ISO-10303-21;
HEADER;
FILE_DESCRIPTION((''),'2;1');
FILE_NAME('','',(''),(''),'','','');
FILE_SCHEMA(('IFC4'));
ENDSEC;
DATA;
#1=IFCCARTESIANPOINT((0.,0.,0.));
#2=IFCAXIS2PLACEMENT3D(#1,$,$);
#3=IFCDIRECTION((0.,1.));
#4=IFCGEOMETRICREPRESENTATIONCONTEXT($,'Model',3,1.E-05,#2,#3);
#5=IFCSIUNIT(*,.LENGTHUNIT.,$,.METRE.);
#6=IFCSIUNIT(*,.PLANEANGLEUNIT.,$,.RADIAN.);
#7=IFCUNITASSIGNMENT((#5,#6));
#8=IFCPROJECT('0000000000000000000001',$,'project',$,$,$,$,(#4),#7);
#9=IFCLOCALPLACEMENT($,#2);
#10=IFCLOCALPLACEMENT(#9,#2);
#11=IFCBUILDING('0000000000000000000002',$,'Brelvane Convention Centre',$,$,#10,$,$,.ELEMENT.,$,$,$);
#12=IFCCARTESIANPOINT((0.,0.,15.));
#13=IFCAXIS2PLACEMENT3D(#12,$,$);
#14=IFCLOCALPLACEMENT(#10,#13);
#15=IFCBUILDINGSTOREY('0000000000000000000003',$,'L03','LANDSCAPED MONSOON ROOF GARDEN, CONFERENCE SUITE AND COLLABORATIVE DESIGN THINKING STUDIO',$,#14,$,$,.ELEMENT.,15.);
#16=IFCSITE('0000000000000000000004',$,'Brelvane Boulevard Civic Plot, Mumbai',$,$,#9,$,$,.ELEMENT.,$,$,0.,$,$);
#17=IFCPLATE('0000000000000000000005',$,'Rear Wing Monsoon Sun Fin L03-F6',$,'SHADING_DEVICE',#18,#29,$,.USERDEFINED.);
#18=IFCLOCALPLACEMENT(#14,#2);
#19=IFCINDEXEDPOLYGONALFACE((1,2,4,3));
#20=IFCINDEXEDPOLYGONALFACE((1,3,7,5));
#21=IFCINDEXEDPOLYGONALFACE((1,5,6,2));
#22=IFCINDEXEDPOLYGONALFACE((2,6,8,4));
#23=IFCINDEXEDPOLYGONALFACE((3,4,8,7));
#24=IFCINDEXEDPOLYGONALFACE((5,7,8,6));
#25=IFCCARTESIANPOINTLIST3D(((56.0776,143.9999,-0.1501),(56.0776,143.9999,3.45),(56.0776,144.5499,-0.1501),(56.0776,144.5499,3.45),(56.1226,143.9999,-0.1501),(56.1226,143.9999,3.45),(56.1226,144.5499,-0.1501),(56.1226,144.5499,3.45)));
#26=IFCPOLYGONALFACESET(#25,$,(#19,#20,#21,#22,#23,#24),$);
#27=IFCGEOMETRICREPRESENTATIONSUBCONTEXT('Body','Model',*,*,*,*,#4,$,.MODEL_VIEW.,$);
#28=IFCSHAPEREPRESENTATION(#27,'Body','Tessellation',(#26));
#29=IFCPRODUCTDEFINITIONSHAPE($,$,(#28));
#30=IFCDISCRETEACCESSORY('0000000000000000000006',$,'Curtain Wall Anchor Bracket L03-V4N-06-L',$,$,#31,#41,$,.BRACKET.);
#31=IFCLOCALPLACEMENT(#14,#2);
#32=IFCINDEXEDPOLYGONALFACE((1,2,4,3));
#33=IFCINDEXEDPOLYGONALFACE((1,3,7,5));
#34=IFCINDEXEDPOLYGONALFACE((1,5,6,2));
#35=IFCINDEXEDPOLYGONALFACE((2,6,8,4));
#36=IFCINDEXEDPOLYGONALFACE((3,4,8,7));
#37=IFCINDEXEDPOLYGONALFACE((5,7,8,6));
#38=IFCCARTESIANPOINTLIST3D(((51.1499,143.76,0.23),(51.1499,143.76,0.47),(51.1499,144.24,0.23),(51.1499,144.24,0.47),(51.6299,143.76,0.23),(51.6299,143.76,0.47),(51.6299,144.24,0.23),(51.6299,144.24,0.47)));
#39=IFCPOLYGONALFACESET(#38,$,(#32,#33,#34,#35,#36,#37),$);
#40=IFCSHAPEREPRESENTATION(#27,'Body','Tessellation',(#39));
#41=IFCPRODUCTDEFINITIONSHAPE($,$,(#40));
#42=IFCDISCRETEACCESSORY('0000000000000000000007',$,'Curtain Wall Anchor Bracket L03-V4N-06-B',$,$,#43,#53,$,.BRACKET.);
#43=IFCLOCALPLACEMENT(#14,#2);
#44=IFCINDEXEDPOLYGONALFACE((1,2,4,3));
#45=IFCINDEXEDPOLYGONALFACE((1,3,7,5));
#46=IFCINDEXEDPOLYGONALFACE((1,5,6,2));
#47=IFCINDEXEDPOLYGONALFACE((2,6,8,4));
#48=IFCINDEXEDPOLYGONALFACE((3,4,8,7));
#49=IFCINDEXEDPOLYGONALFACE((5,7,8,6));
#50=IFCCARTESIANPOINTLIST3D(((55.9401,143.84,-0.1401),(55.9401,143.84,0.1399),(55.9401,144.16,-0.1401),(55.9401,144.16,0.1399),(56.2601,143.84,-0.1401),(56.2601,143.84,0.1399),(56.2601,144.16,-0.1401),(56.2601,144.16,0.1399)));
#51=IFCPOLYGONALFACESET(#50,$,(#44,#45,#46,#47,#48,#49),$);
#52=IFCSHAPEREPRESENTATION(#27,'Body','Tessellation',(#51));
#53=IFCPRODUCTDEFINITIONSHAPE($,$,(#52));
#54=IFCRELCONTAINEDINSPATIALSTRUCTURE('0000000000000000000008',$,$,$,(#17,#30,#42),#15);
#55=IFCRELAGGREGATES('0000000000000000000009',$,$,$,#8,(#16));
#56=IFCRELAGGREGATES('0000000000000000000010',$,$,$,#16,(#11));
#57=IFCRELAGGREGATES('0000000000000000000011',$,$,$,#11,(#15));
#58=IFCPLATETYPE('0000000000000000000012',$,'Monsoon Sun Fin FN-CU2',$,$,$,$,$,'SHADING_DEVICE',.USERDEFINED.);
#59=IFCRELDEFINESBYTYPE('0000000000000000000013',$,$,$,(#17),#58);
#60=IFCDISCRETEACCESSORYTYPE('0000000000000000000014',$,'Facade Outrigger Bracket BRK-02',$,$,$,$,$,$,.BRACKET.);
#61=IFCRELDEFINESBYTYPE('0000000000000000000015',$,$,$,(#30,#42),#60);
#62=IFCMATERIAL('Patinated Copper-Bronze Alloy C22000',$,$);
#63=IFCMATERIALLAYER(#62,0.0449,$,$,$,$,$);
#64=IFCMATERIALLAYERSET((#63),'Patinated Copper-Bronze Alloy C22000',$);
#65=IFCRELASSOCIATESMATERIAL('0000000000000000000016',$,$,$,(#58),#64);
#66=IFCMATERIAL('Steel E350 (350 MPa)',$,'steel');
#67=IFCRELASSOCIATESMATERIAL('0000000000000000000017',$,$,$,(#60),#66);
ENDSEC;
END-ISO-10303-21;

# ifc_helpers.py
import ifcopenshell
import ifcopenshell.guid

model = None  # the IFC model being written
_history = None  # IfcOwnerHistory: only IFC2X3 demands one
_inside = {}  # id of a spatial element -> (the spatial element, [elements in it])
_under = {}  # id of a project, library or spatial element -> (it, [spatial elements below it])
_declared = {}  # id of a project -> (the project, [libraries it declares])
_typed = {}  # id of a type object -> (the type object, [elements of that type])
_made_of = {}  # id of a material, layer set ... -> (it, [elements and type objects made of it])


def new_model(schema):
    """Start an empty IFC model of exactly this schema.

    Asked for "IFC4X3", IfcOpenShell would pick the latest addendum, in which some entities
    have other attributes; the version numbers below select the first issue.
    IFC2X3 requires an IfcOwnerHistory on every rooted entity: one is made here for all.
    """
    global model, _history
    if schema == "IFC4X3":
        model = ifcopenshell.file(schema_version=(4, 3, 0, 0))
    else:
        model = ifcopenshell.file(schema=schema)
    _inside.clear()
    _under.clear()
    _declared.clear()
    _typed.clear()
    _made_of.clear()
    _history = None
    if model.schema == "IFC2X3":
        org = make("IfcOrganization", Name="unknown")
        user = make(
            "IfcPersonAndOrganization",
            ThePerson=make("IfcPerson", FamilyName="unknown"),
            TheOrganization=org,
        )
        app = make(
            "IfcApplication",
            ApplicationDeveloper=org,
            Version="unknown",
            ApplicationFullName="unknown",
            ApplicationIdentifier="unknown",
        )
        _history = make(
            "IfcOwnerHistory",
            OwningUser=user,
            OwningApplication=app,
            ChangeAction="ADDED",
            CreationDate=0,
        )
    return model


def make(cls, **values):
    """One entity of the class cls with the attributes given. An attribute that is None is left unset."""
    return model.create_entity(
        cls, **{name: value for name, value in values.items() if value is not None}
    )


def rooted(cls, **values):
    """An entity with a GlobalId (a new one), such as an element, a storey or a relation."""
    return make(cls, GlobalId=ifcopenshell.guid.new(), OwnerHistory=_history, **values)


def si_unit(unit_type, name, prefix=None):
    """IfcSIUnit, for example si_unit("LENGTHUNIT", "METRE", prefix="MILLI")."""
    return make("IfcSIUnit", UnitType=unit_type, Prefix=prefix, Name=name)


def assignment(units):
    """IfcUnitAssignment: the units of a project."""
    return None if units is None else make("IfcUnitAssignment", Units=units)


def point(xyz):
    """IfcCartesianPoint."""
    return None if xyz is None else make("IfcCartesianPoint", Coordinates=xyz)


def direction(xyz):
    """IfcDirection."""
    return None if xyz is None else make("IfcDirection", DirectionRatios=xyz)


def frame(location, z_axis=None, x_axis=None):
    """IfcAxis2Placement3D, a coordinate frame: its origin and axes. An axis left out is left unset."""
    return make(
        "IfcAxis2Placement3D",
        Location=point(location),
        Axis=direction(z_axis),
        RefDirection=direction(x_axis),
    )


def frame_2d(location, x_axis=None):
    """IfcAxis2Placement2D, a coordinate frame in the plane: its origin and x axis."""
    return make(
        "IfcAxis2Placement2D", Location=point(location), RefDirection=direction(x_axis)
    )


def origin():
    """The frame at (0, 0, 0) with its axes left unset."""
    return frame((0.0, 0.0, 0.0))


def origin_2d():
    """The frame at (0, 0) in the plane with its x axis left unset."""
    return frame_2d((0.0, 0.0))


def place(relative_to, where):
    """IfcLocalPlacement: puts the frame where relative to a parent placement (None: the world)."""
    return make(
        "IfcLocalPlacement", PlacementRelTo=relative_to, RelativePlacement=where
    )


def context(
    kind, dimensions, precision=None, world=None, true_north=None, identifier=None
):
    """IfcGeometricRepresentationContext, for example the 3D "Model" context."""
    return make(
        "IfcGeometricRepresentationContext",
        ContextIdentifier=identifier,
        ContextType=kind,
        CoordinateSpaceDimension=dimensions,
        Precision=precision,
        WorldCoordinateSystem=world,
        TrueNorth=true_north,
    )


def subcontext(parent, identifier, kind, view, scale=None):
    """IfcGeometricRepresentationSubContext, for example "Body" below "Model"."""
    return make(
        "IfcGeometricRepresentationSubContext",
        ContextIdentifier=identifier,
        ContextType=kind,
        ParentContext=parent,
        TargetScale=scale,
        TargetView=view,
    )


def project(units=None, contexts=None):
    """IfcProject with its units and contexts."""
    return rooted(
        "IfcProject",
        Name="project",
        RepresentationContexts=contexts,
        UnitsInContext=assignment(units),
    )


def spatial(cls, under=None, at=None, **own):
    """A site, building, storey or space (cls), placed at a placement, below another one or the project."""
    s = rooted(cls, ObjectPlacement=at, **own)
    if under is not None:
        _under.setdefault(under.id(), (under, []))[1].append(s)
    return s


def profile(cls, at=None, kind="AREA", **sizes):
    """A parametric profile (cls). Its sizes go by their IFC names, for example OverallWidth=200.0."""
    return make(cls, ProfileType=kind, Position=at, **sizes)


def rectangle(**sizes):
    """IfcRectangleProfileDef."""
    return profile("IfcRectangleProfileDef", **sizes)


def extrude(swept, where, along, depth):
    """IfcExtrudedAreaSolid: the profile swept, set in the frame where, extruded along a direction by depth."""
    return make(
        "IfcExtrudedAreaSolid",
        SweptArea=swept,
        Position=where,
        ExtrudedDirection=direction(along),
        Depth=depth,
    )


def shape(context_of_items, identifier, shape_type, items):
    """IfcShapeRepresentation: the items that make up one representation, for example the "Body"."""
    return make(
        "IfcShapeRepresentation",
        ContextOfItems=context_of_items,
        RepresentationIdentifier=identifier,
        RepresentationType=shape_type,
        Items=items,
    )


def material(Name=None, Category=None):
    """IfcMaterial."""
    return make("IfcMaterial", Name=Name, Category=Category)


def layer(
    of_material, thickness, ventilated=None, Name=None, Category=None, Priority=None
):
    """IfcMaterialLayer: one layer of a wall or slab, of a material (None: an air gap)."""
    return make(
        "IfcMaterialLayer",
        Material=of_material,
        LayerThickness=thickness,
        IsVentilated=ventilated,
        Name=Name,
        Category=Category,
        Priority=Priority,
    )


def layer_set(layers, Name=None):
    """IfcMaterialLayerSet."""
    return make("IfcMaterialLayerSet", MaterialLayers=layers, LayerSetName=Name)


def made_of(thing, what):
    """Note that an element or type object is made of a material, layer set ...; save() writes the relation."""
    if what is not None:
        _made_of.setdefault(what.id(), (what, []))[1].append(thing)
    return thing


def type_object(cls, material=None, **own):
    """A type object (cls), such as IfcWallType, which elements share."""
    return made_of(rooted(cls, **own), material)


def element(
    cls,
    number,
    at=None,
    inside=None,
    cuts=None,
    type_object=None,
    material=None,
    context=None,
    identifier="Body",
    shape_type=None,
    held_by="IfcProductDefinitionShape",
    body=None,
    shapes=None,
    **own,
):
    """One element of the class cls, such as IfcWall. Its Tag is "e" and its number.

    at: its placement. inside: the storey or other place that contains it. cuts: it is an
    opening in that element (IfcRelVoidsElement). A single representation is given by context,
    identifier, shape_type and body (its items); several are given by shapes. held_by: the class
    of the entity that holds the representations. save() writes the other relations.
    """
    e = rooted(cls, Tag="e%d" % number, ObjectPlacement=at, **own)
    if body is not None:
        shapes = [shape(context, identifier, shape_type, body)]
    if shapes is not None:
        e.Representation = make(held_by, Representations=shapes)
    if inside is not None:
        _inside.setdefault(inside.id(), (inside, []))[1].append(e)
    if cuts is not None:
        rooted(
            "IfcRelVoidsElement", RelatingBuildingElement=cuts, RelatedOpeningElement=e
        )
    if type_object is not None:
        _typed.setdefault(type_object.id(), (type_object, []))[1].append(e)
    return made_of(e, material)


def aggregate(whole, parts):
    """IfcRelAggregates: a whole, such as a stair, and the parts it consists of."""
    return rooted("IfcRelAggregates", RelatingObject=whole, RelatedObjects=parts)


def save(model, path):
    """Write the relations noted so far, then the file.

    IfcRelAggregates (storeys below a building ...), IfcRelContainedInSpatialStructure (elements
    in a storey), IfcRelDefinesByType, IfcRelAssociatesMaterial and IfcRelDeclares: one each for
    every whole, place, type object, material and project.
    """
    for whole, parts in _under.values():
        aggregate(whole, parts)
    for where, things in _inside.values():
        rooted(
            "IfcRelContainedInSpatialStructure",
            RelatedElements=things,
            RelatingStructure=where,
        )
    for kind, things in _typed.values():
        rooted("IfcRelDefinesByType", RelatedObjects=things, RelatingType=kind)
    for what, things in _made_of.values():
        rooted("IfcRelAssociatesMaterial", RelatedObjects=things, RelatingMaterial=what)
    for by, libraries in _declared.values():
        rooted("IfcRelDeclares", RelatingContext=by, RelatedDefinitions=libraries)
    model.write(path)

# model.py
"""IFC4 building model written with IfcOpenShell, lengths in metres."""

from ifc_helpers import new_model, si_unit, direction, frame, origin, origin_2d, place, context, subcontext, project, spatial, rectangle, extrude, material, layer, layer_set, type_object, element, save


model = new_model("IFC4")

# Units and contexts
model_context = context("Model", 3, precision=1e-05, world=origin(), true_north=direction((0.0, 1.0)))
body_context = subcontext(model_context, "Body", "Model", "MODEL_VIEW")
ifc_project = project(units=[si_unit("LENGTHUNIT", "METRE"), si_unit("PLANEANGLEUNIT", "RADIAN")], contexts=[model_context])

# Site, building, storey
site_placement = place(None, origin())
site = spatial("IfcSite", under=ifc_project, at=site_placement, Name="Brelvane Boulevard Civic Plot, Mumbai", CompositionType="ELEMENT", RefElevation=0.0)
building_placement = place(site_placement, origin())
building = spatial("IfcBuilding", under=site, at=building_placement, Name="Brelvane Convention Centre", CompositionType="ELEMENT")
storey_placement = place(building_placement, frame((0.0, 0.0, 15.0)))
storey = spatial("IfcBuildingStorey", under=building, at=storey_placement, Name="L03", Description="LANDSCAPED MONSOON ROOF GARDEN, CONFERENCE SUITE AND COLLABORATIVE DESIGN THINKING STUDIO", CompositionType="ELEMENT", Elevation=15.0)

# Plate
ifc_material_1 = material(Name="Patinated Copper-Bronze Alloy C22000")
ifc_layer_1 = layer(ifc_material_1, 0.0449)
ifc_layer_set_1 = layer_set([ifc_layer_1], Name="Patinated Copper-Bronze Alloy C22000")
plate_type_1 = type_object("IfcPlateType", Name="Monsoon Sun Fin FN-CU2", ElementType="SHADING_DEVICE", PredefinedType="USERDEFINED", material=ifc_layer_set_1)
plate_1_placement = place(storey_placement, frame((56.1001, 144.2749, -0.1501), z_axis=(0.0, 0.0, 1.0), x_axis=(1.0, 0.0, 0.0)))
element("IfcPlate", 1, at=plate_1_placement, inside=storey, type_object=plate_type_1, Name="Rear Wing Monsoon Sun Fin L03-F6", ObjectType="SHADING_DEVICE", PredefinedType="USERDEFINED", context=body_context, shape_type="SweptSolid", body=[
    extrude(rectangle(XDim=0.0449, YDim=0.55, at=origin_2d()), origin(), (0.0, 0.0, 1.0), 3.6001),
])

# Discrete accessories
ifc_material_2 = material(Name="Steel E350 (350 MPa)", Category="steel")
discrete_accessory_type = type_object("IfcDiscreteAccessoryType", Name="Facade Outrigger Bracket BRK-02", PredefinedType="BRACKET", material=ifc_material_2)
discrete_accessory_1_placement = place(storey_placement, frame((51.3899, 144.0, 0.23), z_axis=(0.0, 0.0, 1.0), x_axis=(1.0, 0.0, 0.0)))
element("IfcDiscreteAccessory", 2, at=discrete_accessory_1_placement, inside=storey, type_object=discrete_accessory_type, Name="Curtain Wall Anchor Bracket L03-V4N-06-L", PredefinedType="BRACKET", context=body_context, shape_type="SweptSolid", body=[
    extrude(rectangle(XDim=0.48, YDim=0.48, at=origin_2d()), origin(), (0.0, 0.0, 1.0), 0.24),
])
discrete_accessory_2_placement = place(storey_placement, frame((56.1001, 144.0, -0.1401), z_axis=(0.0, 0.0, 1.0), x_axis=(1.0, 0.0, 0.0)))
element("IfcDiscreteAccessory", 3, at=discrete_accessory_2_placement, inside=storey, type_object=discrete_accessory_type, Name="Curtain Wall Anchor Bracket L03-V4N-06-B", PredefinedType="BRACKET", context=body_context, shape_type="SweptSolid", body=[
    extrude(rectangle(XDim=0.3201, YDim=0.3201, at=origin_2d()), origin(), (0.0, 0.0, 1.0), 0.28),
])

save(model, "model.ifc")
